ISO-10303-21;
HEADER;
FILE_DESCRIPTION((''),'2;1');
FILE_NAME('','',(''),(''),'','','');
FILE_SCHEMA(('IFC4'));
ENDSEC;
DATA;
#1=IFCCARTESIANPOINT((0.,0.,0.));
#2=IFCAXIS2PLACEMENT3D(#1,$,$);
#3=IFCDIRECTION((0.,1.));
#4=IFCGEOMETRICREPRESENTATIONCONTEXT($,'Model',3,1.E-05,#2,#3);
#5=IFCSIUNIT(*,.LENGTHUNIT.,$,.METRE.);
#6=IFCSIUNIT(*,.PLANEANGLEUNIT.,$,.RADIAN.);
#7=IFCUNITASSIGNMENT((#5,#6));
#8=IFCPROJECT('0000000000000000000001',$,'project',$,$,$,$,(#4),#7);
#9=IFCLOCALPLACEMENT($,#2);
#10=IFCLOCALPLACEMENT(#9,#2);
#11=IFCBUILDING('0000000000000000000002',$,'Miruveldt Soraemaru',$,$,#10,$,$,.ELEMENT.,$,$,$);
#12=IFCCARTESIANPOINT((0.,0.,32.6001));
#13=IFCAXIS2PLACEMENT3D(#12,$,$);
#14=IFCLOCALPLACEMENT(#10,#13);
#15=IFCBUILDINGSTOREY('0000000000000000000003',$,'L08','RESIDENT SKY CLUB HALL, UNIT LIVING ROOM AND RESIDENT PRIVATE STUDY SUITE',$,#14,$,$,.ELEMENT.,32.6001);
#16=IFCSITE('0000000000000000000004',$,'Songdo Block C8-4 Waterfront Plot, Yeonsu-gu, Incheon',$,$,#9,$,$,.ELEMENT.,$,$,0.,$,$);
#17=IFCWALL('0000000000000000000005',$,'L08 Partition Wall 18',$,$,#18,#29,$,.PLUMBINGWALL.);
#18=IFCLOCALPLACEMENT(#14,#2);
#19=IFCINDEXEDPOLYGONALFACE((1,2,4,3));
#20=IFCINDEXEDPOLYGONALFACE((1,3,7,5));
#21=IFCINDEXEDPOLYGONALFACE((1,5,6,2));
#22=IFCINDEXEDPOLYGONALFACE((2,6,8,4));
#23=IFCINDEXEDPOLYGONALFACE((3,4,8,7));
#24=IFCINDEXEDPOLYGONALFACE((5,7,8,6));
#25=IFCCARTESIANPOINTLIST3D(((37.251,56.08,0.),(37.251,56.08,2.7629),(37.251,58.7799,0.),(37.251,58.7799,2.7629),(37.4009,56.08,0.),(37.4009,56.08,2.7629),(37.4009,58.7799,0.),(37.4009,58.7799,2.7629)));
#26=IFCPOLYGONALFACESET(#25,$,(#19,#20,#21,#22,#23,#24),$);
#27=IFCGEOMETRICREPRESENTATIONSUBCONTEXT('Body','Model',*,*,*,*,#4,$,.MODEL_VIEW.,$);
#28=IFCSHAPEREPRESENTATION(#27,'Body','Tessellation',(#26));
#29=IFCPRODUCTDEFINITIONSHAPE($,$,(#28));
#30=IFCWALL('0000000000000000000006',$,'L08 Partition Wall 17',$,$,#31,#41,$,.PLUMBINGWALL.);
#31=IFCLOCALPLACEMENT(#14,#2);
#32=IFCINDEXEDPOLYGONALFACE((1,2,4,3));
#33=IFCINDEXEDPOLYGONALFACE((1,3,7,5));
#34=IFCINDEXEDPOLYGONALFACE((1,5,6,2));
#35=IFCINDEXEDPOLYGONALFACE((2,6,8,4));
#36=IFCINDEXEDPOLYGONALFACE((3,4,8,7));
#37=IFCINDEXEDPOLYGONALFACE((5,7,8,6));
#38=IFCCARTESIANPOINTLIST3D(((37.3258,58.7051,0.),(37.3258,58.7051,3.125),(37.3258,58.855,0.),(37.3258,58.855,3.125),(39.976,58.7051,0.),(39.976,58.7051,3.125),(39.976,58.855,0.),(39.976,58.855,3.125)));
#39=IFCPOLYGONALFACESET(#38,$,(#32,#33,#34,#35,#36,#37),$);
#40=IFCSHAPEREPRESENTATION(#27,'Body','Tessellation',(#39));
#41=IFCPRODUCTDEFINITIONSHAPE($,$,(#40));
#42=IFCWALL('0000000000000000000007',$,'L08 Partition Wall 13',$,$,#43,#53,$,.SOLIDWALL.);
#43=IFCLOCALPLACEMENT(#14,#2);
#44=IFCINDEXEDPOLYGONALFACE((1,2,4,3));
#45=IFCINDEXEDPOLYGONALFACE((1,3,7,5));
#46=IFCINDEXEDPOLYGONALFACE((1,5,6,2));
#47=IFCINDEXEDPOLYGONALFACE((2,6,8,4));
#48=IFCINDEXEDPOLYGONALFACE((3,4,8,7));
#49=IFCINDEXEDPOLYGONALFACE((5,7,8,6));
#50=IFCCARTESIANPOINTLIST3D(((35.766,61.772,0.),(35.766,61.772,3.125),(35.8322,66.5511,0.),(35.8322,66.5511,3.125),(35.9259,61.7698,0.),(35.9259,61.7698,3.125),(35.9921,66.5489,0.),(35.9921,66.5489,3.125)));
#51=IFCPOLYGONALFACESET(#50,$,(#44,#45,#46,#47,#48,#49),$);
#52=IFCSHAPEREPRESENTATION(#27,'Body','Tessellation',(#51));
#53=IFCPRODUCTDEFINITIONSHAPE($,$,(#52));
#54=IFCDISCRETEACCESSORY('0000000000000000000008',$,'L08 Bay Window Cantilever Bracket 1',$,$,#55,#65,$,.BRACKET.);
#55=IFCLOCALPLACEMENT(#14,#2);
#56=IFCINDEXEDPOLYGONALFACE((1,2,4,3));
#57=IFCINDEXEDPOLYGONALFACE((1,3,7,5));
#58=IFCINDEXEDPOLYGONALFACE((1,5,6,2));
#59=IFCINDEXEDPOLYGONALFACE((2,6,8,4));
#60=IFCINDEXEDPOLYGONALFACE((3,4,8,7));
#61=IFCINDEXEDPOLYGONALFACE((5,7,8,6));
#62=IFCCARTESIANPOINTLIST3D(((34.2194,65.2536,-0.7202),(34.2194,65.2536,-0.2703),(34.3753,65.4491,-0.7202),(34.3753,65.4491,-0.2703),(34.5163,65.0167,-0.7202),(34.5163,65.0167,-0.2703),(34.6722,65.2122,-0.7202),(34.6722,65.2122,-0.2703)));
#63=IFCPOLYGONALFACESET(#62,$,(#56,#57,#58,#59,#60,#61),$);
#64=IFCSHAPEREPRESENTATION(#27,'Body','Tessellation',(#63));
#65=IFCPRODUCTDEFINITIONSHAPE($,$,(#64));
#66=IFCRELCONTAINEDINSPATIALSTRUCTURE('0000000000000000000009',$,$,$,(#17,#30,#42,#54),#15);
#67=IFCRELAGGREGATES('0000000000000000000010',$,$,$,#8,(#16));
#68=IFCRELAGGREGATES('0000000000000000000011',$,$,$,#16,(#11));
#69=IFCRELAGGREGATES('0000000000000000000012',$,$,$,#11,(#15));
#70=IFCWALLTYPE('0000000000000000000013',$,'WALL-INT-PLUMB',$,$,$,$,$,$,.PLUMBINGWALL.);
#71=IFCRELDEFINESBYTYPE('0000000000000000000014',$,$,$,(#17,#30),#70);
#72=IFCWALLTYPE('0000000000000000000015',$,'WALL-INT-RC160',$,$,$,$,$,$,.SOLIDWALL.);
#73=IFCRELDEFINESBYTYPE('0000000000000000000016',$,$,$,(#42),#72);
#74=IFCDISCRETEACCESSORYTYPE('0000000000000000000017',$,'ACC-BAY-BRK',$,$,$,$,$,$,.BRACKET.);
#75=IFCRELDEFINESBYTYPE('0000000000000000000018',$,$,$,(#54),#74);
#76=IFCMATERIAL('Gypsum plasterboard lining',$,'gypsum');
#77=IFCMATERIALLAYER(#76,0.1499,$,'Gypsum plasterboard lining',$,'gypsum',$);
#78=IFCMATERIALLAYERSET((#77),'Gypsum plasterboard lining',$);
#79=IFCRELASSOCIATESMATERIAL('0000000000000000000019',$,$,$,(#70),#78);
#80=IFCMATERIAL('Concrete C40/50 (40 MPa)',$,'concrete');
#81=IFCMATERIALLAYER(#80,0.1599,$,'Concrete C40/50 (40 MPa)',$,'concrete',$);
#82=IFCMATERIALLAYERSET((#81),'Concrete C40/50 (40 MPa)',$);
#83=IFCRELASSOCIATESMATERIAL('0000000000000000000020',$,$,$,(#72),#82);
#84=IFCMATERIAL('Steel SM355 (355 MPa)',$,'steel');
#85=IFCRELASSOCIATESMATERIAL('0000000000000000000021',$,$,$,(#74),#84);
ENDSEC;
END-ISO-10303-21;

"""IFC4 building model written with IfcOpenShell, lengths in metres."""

from ifc_helpers import new_model, si_unit, direction, frame, frame_2d, origin, origin_2d, place, context, subcontext, project, spatial, rectangle, extrude, material, layer, layer_set, type_object, element, save


model = new_model("IFC4")

# Units and contexts
model_context = context("Model", 3, precision=1e-05, world=origin(), true_north=direction((0.0, 1.0)))
body_context = subcontext(model_context, "Body", "Model", "MODEL_VIEW")
ifc_project = project(units=[si_unit("LENGTHUNIT", "METRE"), si_unit("PLANEANGLEUNIT", "RADIAN")], contexts=[model_context])

# Site, building, storey
site_placement = place(None, origin())
site = spatial("IfcSite", under=ifc_project, at=site_placement, Name="Songdo Block C8-4 Waterfront Plot, Yeonsu-gu, Incheon", CompositionType="ELEMENT", RefElevation=0.0)
building_placement = place(site_placement, origin())
building = spatial("IfcBuilding", under=site, at=building_placement, Name="Miruveldt Soraemaru", CompositionType="ELEMENT")
storey_placement = place(building_placement, frame((0.0, 0.0, 32.6001)))
storey = spatial("IfcBuildingStorey", under=building, at=storey_placement, Name="L08", Description="RESIDENT SKY CLUB HALL, UNIT LIVING ROOM AND RESIDENT PRIVATE STUDY SUITE", CompositionType="ELEMENT", Elevation=32.6001)

# Shared definitions
ifc_material_1 = material(Name="Gypsum plasterboard lining", Category="gypsum")

# Walls
ifc_layer_1 = layer(ifc_material_1, 0.1499, Name="Gypsum plasterboard lining", Category="gypsum")
ifc_layer_set_1 = layer_set([ifc_layer_1], Name="Gypsum plasterboard lining")
wall_type_1 = type_object("IfcWallType", Name="WALL-INT-PLUMB", PredefinedType="PLUMBINGWALL", material=ifc_layer_set_1)
wall_1_placement = place(storey_placement, frame((37.3259, 58.78, 0.0), z_axis=(0.0, 0.0, 1.0), x_axis=(0.0, -1.0, 0.0)))
element("IfcWall", 1, at=wall_1_placement, inside=storey, type_object=wall_type_1, Name="L08 Partition Wall 18", PredefinedType="PLUMBINGWALL", context=body_context, shape_type="SweptSolid", body=[
    extrude(rectangle(XDim=2.7, YDim=0.1499, at=frame_2d((1.3501, 0.0))), origin(), (0.0, 0.0, 1.0), 2.7629),
])
wall_2_placement = place(storey_placement, frame((39.9761, 58.78, 0.0), z_axis=(0.0, 0.0, 1.0), x_axis=(-1.0, 0.0, 0.0)))
element("IfcWall", 2, at=wall_2_placement, inside=storey, type_object=wall_type_1, Name="L08 Partition Wall 17", PredefinedType="PLUMBINGWALL", context=body_context, shape_type="SweptSolid", body=[
    extrude(rectangle(XDim=2.6501, YDim=0.1499, at=frame_2d((1.3252, 0.0))), origin(), (0.0, 0.0, 1.0), 3.125),
])
ifc_material_2 = material(Name="Concrete C40/50 (40 MPa)", Category="concrete")
ifc_layer_2 = layer(ifc_material_2, 0.1599, Name="Concrete C40/50 (40 MPa)", Category="concrete")
ifc_layer_set_2 = layer_set([ifc_layer_2], Name="Concrete C40/50 (40 MPa)")
wall_type_2 = type_object("IfcWallType", Name="WALL-INT-RC160", PredefinedType="SOLIDWALL", material=ifc_layer_set_2)
wall_3_placement = place(storey_placement, frame((35.8459, 61.771, 0.0), z_axis=(0.0, 0.0, 1.0), x_axis=(0.013843, 0.999904, 0.0)))
element("IfcWall", 3, at=wall_3_placement, inside=storey, type_object=wall_type_2, Name="L08 Partition Wall 13", PredefinedType="SOLIDWALL", context=body_context, shape_type="SweptSolid", body=[
    extrude(rectangle(XDim=4.7795, YDim=0.1599, at=frame_2d((2.3896, 0.0))), origin(), (0.0, 0.0, 1.0), 3.125),
])

# Discrete accessory
ifc_material_3 = material(Name="Steel SM355 (355 MPa)", Category="steel")
discrete_accessory_type = type_object("IfcDiscreteAccessoryType", Name="ACC-BAY-BRK", PredefinedType="BRACKET", material=ifc_material_3)
discrete_accessory_placement = place(storey_placement, frame((34.4458, 65.2329, -0.7202), z_axis=(0.0, 0.0, 1.0), x_axis=(-0.781727, 0.62362, 0.0)))
element("IfcDiscreteAccessory", 4, at=discrete_accessory_placement, inside=storey, type_object=discrete_accessory_type, Name="L08 Bay Window Cantilever Bracket 1", PredefinedType="BRACKET", context=body_context, shape_type="SweptSolid", body=[
    extrude(rectangle(XDim=0.3799, YDim=0.25, at=origin_2d()), origin(), (0.0, 0.0, 1.0), 0.45),
])

save(model, "model.ifc")
